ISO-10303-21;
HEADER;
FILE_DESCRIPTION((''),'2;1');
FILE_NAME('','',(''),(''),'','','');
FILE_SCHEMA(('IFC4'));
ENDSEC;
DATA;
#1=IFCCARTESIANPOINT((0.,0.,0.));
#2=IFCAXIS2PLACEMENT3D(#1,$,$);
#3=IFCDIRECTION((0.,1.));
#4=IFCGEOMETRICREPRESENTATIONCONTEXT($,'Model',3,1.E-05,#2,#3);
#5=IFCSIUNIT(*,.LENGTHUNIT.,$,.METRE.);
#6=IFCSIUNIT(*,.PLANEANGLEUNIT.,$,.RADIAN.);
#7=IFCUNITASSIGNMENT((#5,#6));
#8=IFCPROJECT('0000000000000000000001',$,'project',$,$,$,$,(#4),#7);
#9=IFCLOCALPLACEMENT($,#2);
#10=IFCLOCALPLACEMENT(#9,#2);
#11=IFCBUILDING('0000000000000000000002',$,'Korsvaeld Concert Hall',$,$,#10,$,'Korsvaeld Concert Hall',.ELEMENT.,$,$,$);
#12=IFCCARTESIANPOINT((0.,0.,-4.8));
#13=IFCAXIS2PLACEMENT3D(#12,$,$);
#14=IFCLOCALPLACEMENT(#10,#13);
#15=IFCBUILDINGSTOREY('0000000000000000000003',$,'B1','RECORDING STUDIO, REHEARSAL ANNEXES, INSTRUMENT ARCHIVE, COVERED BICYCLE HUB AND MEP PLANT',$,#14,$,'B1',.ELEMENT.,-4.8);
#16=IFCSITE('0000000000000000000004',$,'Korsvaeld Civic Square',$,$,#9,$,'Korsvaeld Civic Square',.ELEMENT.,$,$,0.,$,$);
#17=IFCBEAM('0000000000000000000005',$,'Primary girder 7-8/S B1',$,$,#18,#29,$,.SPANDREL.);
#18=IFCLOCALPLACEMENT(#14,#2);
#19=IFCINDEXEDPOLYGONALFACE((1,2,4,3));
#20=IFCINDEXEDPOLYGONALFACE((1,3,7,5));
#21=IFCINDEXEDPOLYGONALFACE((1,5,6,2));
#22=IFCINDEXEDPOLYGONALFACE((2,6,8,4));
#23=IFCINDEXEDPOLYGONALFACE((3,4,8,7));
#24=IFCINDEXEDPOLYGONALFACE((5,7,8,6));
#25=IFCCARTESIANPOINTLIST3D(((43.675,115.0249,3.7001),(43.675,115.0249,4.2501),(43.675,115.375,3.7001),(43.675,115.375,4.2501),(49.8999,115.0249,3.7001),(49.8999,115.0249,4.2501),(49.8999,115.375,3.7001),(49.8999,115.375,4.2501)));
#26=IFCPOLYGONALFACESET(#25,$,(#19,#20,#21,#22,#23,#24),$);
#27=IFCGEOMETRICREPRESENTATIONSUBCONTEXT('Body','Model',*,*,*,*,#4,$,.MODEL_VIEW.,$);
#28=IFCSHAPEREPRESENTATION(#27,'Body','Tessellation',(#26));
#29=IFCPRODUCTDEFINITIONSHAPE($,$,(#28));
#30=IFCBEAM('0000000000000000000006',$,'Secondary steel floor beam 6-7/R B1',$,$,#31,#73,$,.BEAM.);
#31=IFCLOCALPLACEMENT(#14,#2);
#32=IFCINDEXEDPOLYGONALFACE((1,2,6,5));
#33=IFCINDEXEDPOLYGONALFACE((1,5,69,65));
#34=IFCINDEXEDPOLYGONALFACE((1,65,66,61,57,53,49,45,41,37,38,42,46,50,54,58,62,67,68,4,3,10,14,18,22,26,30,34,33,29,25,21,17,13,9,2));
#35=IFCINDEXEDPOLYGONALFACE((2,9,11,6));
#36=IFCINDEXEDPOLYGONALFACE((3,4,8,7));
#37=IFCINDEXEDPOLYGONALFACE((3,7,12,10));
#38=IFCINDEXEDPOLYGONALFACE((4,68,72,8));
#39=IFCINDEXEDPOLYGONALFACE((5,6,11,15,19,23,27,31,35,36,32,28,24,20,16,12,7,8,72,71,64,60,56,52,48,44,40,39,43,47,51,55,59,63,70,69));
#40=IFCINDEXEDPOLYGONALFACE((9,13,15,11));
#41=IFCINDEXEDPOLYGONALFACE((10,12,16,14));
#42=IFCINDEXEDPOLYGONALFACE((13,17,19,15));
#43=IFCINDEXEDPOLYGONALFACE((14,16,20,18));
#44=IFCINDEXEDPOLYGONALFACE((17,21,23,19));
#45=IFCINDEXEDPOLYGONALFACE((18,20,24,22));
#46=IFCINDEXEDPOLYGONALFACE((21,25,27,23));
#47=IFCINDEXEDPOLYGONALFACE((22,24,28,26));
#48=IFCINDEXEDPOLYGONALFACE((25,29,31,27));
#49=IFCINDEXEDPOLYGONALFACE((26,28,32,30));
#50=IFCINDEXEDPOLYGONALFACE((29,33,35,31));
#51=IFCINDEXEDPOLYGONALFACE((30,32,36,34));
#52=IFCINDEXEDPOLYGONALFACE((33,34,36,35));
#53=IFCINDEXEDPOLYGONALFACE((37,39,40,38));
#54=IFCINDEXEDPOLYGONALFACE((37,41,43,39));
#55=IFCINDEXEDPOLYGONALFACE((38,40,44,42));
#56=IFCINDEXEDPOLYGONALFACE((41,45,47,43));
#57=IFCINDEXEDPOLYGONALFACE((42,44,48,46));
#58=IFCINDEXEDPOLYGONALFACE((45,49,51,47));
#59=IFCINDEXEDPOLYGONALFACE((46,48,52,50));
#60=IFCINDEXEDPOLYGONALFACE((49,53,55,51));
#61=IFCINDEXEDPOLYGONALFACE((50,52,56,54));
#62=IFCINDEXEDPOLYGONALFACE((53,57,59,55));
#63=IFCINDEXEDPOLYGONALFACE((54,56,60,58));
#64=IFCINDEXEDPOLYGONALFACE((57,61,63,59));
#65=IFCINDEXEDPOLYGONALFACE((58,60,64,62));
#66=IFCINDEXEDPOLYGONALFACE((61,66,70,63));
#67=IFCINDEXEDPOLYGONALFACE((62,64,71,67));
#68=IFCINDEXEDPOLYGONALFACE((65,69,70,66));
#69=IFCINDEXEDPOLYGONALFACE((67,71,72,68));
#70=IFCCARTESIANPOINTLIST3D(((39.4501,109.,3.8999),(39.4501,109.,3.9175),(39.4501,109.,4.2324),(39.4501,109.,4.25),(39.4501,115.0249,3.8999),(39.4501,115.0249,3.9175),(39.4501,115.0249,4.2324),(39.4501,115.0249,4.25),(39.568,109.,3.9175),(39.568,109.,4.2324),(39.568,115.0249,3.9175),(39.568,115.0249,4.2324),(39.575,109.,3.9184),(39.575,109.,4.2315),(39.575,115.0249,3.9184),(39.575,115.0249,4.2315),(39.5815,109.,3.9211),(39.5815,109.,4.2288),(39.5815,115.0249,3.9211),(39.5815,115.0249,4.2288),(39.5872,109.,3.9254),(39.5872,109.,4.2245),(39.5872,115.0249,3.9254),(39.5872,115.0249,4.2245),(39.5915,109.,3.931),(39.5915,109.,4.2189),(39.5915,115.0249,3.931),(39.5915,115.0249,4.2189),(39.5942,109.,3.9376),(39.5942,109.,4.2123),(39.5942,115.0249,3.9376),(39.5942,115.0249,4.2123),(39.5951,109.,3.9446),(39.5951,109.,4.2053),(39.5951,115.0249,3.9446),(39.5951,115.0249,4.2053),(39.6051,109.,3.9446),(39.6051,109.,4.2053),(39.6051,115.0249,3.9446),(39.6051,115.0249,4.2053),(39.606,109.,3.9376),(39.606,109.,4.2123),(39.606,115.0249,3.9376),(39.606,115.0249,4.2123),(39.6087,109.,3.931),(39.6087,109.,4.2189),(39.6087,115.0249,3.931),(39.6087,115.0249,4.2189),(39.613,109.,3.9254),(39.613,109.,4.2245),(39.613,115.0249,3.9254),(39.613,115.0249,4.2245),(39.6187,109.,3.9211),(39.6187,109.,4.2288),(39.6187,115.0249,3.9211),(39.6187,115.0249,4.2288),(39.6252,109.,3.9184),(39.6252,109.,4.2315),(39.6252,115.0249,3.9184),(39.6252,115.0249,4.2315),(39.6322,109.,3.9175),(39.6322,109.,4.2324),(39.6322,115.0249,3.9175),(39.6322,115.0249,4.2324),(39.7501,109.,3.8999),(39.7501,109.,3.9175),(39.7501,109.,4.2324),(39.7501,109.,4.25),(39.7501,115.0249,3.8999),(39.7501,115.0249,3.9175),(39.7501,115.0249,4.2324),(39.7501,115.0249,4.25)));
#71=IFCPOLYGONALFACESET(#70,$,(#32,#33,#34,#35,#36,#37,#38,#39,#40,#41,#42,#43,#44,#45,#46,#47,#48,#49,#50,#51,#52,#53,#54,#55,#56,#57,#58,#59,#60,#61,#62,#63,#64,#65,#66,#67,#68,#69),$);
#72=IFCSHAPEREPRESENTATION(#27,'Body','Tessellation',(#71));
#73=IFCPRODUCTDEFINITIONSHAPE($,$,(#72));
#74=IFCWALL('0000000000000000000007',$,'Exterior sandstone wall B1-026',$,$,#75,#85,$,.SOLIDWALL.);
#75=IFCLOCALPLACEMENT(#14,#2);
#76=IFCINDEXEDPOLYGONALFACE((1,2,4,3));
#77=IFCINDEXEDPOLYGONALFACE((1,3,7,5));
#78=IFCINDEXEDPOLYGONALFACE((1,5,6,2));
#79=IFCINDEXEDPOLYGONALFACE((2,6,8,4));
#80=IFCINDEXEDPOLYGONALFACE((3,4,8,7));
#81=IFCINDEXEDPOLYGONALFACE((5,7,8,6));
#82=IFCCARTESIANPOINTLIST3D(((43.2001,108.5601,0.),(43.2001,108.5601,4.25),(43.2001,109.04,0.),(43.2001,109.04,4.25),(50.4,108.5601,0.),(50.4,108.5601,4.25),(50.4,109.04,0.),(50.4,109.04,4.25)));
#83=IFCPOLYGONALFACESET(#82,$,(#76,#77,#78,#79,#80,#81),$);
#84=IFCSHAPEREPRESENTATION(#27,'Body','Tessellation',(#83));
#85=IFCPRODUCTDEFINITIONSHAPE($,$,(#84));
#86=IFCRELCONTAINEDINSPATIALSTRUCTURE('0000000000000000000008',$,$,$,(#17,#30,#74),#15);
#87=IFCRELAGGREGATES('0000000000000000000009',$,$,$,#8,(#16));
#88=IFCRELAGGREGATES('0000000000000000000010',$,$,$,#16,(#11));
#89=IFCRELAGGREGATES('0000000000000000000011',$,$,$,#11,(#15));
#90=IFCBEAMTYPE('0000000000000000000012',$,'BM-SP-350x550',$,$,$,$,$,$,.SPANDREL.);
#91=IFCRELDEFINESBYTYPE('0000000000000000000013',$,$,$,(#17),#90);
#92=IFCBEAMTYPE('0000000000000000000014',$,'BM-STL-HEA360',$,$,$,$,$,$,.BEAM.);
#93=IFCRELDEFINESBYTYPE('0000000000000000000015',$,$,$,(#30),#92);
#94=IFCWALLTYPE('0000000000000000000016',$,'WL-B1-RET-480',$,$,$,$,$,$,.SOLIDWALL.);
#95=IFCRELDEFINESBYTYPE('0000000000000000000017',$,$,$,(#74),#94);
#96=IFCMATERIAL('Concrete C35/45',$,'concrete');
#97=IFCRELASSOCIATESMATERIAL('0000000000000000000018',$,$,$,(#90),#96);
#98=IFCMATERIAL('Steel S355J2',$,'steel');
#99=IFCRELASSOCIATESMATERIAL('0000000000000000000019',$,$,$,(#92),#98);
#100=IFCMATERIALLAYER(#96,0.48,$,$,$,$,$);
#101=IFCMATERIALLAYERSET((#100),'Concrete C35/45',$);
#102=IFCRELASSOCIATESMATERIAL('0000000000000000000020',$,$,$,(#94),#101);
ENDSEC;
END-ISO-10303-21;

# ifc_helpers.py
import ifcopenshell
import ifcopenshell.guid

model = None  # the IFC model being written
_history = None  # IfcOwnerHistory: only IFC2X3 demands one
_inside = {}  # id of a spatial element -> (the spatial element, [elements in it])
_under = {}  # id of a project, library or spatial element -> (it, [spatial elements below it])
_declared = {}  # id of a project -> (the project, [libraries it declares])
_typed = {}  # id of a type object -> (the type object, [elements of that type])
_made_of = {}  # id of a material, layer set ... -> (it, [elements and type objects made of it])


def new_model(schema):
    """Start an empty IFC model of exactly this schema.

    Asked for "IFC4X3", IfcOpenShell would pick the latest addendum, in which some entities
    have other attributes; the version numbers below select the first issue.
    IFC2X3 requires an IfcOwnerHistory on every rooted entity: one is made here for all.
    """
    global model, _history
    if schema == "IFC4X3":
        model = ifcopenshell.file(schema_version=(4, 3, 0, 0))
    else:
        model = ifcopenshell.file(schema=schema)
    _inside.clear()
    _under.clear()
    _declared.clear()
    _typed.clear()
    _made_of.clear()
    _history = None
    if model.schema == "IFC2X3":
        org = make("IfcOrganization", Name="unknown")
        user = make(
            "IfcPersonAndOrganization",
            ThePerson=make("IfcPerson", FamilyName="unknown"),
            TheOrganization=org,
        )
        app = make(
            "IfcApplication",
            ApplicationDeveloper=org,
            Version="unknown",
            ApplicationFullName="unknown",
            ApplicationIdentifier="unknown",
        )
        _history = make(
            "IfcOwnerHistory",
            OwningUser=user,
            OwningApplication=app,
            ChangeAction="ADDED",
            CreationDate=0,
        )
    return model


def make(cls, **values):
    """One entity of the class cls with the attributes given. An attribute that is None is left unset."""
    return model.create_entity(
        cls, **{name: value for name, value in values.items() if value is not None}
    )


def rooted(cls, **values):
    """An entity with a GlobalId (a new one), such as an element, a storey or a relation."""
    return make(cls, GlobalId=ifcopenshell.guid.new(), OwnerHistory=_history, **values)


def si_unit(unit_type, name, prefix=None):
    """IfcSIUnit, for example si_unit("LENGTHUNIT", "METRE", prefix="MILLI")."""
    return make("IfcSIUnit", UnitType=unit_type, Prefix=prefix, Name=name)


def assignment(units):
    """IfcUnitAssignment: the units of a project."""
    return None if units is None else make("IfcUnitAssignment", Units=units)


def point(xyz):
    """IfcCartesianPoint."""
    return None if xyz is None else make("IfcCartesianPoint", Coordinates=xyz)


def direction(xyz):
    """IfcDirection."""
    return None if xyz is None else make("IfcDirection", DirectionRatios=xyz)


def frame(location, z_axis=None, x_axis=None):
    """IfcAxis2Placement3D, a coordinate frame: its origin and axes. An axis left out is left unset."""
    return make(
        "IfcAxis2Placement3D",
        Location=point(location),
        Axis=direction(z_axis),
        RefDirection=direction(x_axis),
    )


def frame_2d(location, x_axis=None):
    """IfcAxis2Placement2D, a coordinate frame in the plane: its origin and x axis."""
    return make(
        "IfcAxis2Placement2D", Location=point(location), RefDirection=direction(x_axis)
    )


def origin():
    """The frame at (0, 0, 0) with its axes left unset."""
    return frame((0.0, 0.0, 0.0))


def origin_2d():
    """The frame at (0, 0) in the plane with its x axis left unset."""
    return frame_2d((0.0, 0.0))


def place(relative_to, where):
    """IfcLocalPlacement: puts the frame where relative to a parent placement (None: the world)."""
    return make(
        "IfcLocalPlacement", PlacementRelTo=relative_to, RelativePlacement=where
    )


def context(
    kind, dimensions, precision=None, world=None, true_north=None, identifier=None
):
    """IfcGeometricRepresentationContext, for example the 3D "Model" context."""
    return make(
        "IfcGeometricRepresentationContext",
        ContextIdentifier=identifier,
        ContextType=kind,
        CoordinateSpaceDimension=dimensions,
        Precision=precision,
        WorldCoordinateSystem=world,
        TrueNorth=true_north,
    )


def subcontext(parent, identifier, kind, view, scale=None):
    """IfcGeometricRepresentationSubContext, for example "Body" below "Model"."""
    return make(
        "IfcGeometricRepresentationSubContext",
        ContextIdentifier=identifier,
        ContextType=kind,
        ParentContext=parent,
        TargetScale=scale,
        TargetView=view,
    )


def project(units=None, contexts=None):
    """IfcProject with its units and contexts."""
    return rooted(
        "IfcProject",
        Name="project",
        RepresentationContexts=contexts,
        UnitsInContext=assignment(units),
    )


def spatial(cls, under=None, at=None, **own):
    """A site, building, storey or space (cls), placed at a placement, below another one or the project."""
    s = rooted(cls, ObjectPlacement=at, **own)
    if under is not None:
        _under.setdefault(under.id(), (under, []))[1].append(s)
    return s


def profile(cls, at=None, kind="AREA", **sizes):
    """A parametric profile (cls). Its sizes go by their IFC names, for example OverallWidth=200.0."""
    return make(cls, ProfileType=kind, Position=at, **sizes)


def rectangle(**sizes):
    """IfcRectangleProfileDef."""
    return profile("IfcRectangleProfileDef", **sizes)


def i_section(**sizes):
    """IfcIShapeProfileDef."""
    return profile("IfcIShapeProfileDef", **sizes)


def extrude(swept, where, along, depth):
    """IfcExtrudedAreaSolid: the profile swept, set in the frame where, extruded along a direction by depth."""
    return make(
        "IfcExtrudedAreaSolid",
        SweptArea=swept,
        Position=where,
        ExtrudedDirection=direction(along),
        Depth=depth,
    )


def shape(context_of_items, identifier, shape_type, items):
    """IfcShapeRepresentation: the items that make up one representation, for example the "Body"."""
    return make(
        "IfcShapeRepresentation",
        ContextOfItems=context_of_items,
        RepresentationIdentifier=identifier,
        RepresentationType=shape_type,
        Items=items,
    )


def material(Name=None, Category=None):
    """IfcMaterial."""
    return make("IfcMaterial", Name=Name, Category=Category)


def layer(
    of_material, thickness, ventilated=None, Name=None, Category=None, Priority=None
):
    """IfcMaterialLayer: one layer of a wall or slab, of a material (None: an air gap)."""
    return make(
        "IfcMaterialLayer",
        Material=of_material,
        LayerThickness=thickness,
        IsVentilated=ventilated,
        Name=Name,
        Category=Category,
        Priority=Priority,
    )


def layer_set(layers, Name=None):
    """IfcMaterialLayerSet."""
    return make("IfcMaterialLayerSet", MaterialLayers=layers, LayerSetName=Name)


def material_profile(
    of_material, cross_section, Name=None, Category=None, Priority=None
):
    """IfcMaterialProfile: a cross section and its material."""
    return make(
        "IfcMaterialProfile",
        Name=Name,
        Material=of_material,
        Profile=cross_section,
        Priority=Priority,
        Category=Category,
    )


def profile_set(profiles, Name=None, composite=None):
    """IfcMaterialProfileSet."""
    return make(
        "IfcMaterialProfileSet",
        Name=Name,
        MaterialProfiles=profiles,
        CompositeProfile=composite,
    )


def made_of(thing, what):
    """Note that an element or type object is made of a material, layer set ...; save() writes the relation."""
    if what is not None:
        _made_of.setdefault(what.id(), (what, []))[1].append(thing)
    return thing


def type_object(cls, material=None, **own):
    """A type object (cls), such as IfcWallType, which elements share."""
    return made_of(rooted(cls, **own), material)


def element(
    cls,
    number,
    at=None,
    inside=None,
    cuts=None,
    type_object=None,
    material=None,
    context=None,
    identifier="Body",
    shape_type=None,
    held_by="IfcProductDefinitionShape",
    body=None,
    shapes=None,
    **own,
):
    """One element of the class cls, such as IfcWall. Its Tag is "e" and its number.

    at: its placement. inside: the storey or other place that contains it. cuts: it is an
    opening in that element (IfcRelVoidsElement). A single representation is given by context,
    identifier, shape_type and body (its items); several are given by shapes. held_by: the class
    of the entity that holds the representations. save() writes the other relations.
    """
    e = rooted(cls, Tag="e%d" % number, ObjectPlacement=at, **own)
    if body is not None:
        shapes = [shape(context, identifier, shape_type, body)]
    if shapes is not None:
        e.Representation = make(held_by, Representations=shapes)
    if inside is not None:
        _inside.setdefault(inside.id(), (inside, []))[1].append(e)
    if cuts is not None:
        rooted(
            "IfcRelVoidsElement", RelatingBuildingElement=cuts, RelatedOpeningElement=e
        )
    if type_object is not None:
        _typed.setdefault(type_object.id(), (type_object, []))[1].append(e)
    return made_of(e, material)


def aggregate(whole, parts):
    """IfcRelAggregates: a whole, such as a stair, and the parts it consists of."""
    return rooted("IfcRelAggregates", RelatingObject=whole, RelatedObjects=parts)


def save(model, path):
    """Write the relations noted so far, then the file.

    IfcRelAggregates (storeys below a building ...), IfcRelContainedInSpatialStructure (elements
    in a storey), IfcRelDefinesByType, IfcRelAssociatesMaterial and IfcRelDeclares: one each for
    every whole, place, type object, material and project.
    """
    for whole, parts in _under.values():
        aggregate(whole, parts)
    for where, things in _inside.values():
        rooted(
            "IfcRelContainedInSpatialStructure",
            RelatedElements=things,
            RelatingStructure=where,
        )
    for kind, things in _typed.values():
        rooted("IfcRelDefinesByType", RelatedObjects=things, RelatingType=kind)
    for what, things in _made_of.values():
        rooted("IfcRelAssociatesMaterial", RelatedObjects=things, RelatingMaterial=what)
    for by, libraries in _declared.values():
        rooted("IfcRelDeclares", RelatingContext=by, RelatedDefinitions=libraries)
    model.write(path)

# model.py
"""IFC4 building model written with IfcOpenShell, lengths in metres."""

from ifc_helpers import new_model, si_unit, direction, frame, frame_2d, origin, origin_2d, place, context, subcontext, project, spatial, rectangle, i_section, extrude, material, layer, layer_set, material_profile, profile_set, type_object, element, save


model = new_model("IFC4")

# Units and contexts
model_context = context("Model", 3, precision=1e-05, world=origin(), true_north=direction((0.0, 1.0)))
body_context = subcontext(model_context, "Body", "Model", "MODEL_VIEW")
ifc_project = project(units=[si_unit("LENGTHUNIT", "METRE"), si_unit("PLANEANGLEUNIT", "RADIAN")], contexts=[model_context])

# Site, building, storey
site_placement = place(None, origin())
site = spatial("IfcSite", under=ifc_project, at=site_placement, Name="Korsvaeld Civic Square", LongName="Korsvaeld Civic Square", CompositionType="ELEMENT", RefElevation=0.0)
building_placement = place(site_placement, origin())
building = spatial("IfcBuilding", under=site, at=building_placement, Name="Korsvaeld Concert Hall", LongName="Korsvaeld Concert Hall", CompositionType="ELEMENT")
storey_placement = place(building_placement, frame((0.0, 0.0, -4.8)))
storey = spatial("IfcBuildingStorey", under=building, at=storey_placement, Name="B1", Description="RECORDING STUDIO, REHEARSAL ANNEXES, INSTRUMENT ARCHIVE, COVERED BICYCLE HUB AND MEP PLANT", LongName="B1", CompositionType="ELEMENT", Elevation=-4.8)

# Shared definitions
ifc_material_1 = material(Name="Concrete C35/45", Category="concrete")

# Beams
ifc_material_profile_1 = material_profile(ifc_material_1, rectangle(XDim=0.3501, YDim=0.55, at=origin_2d()), Name="RC 350x550")
ifc_profile_set_1 = profile_set([ifc_material_profile_1], Name="Concrete C35/45")
beam_type_1 = type_object("IfcBeamType", Name="BM-SP-350x550", PredefinedType="SPANDREL", material=ifc_profile_set_1)
beam_1_placement = place(storey_placement, frame((43.675, 115.2, 3.9751), z_axis=(1.0, 0.0, 0.0), x_axis=(0.0, 1.0, 0.0)))
element("IfcBeam", 1, at=beam_1_placement, inside=storey, type_object=beam_type_1, Name="Primary girder 7-8/S B1", PredefinedType="SPANDREL", context=body_context, shape_type="SweptSolid", body=[
    extrude(rectangle(XDim=0.3501, YDim=0.55, at=origin_2d()), origin(), (0.0, 0.0, 1.0), 6.2249),
])
ifc_material_2 = material(Name="Steel S355J2", Category="steel")
ifc_material_profile_2 = material_profile(ifc_material_2, i_section(OverallWidth=0.3, OverallDepth=0.3501, WebThickness=0.01, FlangeThickness=0.0176, FilletRadius=0.0271, at=origin_2d()), Name="HEA 360")
ifc_profile_set_2 = profile_set([ifc_material_profile_2], Name="Steel S355J2")
beam_type_2 = type_object("IfcBeamType", Name="BM-STL-HEA360", PredefinedType="BEAM", material=ifc_profile_set_2)
beam_2_placement = place(storey_placement, frame((39.6001, 109.0, 4.075), z_axis=(0.0, 1.0, 0.0), x_axis=(-1.0, 0.0, 0.0)))
element("IfcBeam", 2, at=beam_2_placement, inside=storey, type_object=beam_type_2, Name="Secondary steel floor beam 6-7/R B1", PredefinedType="BEAM", context=body_context, shape_type="SweptSolid", body=[
    extrude(i_section(OverallWidth=0.3, OverallDepth=0.3501, WebThickness=0.01, FlangeThickness=0.0176, FilletRadius=0.0271, at=origin_2d()), origin(), (0.0, 0.0, 1.0), 6.0249),
])

# Wall
ifc_layer = layer(ifc_material_1, 0.48)
ifc_layer_set = layer_set([ifc_layer], Name="Concrete C35/45")
wall_type = type_object("IfcWallType", Name="WL-B1-RET-480", PredefinedType="SOLIDWALL", material=ifc_layer_set)
wall_placement = place(storey_placement, frame((43.2, 108.8, 0.0), z_axis=(0.0, 0.0, 1.0), x_axis=(1.0, 0.0, 0.0)))
element("IfcWall", 3, at=wall_placement, inside=storey, type_object=wall_type, Name="Exterior sandstone wall B1-026", PredefinedType="SOLIDWALL", context=body_context, shape_type="SweptSolid", body=[
    extrude(rectangle(XDim=7.2, YDim=0.48, at=frame_2d((3.6001, 0.0))), origin(), (0.0, 0.0, 1.0), 4.25),
])

save(model, "model.ifc")
